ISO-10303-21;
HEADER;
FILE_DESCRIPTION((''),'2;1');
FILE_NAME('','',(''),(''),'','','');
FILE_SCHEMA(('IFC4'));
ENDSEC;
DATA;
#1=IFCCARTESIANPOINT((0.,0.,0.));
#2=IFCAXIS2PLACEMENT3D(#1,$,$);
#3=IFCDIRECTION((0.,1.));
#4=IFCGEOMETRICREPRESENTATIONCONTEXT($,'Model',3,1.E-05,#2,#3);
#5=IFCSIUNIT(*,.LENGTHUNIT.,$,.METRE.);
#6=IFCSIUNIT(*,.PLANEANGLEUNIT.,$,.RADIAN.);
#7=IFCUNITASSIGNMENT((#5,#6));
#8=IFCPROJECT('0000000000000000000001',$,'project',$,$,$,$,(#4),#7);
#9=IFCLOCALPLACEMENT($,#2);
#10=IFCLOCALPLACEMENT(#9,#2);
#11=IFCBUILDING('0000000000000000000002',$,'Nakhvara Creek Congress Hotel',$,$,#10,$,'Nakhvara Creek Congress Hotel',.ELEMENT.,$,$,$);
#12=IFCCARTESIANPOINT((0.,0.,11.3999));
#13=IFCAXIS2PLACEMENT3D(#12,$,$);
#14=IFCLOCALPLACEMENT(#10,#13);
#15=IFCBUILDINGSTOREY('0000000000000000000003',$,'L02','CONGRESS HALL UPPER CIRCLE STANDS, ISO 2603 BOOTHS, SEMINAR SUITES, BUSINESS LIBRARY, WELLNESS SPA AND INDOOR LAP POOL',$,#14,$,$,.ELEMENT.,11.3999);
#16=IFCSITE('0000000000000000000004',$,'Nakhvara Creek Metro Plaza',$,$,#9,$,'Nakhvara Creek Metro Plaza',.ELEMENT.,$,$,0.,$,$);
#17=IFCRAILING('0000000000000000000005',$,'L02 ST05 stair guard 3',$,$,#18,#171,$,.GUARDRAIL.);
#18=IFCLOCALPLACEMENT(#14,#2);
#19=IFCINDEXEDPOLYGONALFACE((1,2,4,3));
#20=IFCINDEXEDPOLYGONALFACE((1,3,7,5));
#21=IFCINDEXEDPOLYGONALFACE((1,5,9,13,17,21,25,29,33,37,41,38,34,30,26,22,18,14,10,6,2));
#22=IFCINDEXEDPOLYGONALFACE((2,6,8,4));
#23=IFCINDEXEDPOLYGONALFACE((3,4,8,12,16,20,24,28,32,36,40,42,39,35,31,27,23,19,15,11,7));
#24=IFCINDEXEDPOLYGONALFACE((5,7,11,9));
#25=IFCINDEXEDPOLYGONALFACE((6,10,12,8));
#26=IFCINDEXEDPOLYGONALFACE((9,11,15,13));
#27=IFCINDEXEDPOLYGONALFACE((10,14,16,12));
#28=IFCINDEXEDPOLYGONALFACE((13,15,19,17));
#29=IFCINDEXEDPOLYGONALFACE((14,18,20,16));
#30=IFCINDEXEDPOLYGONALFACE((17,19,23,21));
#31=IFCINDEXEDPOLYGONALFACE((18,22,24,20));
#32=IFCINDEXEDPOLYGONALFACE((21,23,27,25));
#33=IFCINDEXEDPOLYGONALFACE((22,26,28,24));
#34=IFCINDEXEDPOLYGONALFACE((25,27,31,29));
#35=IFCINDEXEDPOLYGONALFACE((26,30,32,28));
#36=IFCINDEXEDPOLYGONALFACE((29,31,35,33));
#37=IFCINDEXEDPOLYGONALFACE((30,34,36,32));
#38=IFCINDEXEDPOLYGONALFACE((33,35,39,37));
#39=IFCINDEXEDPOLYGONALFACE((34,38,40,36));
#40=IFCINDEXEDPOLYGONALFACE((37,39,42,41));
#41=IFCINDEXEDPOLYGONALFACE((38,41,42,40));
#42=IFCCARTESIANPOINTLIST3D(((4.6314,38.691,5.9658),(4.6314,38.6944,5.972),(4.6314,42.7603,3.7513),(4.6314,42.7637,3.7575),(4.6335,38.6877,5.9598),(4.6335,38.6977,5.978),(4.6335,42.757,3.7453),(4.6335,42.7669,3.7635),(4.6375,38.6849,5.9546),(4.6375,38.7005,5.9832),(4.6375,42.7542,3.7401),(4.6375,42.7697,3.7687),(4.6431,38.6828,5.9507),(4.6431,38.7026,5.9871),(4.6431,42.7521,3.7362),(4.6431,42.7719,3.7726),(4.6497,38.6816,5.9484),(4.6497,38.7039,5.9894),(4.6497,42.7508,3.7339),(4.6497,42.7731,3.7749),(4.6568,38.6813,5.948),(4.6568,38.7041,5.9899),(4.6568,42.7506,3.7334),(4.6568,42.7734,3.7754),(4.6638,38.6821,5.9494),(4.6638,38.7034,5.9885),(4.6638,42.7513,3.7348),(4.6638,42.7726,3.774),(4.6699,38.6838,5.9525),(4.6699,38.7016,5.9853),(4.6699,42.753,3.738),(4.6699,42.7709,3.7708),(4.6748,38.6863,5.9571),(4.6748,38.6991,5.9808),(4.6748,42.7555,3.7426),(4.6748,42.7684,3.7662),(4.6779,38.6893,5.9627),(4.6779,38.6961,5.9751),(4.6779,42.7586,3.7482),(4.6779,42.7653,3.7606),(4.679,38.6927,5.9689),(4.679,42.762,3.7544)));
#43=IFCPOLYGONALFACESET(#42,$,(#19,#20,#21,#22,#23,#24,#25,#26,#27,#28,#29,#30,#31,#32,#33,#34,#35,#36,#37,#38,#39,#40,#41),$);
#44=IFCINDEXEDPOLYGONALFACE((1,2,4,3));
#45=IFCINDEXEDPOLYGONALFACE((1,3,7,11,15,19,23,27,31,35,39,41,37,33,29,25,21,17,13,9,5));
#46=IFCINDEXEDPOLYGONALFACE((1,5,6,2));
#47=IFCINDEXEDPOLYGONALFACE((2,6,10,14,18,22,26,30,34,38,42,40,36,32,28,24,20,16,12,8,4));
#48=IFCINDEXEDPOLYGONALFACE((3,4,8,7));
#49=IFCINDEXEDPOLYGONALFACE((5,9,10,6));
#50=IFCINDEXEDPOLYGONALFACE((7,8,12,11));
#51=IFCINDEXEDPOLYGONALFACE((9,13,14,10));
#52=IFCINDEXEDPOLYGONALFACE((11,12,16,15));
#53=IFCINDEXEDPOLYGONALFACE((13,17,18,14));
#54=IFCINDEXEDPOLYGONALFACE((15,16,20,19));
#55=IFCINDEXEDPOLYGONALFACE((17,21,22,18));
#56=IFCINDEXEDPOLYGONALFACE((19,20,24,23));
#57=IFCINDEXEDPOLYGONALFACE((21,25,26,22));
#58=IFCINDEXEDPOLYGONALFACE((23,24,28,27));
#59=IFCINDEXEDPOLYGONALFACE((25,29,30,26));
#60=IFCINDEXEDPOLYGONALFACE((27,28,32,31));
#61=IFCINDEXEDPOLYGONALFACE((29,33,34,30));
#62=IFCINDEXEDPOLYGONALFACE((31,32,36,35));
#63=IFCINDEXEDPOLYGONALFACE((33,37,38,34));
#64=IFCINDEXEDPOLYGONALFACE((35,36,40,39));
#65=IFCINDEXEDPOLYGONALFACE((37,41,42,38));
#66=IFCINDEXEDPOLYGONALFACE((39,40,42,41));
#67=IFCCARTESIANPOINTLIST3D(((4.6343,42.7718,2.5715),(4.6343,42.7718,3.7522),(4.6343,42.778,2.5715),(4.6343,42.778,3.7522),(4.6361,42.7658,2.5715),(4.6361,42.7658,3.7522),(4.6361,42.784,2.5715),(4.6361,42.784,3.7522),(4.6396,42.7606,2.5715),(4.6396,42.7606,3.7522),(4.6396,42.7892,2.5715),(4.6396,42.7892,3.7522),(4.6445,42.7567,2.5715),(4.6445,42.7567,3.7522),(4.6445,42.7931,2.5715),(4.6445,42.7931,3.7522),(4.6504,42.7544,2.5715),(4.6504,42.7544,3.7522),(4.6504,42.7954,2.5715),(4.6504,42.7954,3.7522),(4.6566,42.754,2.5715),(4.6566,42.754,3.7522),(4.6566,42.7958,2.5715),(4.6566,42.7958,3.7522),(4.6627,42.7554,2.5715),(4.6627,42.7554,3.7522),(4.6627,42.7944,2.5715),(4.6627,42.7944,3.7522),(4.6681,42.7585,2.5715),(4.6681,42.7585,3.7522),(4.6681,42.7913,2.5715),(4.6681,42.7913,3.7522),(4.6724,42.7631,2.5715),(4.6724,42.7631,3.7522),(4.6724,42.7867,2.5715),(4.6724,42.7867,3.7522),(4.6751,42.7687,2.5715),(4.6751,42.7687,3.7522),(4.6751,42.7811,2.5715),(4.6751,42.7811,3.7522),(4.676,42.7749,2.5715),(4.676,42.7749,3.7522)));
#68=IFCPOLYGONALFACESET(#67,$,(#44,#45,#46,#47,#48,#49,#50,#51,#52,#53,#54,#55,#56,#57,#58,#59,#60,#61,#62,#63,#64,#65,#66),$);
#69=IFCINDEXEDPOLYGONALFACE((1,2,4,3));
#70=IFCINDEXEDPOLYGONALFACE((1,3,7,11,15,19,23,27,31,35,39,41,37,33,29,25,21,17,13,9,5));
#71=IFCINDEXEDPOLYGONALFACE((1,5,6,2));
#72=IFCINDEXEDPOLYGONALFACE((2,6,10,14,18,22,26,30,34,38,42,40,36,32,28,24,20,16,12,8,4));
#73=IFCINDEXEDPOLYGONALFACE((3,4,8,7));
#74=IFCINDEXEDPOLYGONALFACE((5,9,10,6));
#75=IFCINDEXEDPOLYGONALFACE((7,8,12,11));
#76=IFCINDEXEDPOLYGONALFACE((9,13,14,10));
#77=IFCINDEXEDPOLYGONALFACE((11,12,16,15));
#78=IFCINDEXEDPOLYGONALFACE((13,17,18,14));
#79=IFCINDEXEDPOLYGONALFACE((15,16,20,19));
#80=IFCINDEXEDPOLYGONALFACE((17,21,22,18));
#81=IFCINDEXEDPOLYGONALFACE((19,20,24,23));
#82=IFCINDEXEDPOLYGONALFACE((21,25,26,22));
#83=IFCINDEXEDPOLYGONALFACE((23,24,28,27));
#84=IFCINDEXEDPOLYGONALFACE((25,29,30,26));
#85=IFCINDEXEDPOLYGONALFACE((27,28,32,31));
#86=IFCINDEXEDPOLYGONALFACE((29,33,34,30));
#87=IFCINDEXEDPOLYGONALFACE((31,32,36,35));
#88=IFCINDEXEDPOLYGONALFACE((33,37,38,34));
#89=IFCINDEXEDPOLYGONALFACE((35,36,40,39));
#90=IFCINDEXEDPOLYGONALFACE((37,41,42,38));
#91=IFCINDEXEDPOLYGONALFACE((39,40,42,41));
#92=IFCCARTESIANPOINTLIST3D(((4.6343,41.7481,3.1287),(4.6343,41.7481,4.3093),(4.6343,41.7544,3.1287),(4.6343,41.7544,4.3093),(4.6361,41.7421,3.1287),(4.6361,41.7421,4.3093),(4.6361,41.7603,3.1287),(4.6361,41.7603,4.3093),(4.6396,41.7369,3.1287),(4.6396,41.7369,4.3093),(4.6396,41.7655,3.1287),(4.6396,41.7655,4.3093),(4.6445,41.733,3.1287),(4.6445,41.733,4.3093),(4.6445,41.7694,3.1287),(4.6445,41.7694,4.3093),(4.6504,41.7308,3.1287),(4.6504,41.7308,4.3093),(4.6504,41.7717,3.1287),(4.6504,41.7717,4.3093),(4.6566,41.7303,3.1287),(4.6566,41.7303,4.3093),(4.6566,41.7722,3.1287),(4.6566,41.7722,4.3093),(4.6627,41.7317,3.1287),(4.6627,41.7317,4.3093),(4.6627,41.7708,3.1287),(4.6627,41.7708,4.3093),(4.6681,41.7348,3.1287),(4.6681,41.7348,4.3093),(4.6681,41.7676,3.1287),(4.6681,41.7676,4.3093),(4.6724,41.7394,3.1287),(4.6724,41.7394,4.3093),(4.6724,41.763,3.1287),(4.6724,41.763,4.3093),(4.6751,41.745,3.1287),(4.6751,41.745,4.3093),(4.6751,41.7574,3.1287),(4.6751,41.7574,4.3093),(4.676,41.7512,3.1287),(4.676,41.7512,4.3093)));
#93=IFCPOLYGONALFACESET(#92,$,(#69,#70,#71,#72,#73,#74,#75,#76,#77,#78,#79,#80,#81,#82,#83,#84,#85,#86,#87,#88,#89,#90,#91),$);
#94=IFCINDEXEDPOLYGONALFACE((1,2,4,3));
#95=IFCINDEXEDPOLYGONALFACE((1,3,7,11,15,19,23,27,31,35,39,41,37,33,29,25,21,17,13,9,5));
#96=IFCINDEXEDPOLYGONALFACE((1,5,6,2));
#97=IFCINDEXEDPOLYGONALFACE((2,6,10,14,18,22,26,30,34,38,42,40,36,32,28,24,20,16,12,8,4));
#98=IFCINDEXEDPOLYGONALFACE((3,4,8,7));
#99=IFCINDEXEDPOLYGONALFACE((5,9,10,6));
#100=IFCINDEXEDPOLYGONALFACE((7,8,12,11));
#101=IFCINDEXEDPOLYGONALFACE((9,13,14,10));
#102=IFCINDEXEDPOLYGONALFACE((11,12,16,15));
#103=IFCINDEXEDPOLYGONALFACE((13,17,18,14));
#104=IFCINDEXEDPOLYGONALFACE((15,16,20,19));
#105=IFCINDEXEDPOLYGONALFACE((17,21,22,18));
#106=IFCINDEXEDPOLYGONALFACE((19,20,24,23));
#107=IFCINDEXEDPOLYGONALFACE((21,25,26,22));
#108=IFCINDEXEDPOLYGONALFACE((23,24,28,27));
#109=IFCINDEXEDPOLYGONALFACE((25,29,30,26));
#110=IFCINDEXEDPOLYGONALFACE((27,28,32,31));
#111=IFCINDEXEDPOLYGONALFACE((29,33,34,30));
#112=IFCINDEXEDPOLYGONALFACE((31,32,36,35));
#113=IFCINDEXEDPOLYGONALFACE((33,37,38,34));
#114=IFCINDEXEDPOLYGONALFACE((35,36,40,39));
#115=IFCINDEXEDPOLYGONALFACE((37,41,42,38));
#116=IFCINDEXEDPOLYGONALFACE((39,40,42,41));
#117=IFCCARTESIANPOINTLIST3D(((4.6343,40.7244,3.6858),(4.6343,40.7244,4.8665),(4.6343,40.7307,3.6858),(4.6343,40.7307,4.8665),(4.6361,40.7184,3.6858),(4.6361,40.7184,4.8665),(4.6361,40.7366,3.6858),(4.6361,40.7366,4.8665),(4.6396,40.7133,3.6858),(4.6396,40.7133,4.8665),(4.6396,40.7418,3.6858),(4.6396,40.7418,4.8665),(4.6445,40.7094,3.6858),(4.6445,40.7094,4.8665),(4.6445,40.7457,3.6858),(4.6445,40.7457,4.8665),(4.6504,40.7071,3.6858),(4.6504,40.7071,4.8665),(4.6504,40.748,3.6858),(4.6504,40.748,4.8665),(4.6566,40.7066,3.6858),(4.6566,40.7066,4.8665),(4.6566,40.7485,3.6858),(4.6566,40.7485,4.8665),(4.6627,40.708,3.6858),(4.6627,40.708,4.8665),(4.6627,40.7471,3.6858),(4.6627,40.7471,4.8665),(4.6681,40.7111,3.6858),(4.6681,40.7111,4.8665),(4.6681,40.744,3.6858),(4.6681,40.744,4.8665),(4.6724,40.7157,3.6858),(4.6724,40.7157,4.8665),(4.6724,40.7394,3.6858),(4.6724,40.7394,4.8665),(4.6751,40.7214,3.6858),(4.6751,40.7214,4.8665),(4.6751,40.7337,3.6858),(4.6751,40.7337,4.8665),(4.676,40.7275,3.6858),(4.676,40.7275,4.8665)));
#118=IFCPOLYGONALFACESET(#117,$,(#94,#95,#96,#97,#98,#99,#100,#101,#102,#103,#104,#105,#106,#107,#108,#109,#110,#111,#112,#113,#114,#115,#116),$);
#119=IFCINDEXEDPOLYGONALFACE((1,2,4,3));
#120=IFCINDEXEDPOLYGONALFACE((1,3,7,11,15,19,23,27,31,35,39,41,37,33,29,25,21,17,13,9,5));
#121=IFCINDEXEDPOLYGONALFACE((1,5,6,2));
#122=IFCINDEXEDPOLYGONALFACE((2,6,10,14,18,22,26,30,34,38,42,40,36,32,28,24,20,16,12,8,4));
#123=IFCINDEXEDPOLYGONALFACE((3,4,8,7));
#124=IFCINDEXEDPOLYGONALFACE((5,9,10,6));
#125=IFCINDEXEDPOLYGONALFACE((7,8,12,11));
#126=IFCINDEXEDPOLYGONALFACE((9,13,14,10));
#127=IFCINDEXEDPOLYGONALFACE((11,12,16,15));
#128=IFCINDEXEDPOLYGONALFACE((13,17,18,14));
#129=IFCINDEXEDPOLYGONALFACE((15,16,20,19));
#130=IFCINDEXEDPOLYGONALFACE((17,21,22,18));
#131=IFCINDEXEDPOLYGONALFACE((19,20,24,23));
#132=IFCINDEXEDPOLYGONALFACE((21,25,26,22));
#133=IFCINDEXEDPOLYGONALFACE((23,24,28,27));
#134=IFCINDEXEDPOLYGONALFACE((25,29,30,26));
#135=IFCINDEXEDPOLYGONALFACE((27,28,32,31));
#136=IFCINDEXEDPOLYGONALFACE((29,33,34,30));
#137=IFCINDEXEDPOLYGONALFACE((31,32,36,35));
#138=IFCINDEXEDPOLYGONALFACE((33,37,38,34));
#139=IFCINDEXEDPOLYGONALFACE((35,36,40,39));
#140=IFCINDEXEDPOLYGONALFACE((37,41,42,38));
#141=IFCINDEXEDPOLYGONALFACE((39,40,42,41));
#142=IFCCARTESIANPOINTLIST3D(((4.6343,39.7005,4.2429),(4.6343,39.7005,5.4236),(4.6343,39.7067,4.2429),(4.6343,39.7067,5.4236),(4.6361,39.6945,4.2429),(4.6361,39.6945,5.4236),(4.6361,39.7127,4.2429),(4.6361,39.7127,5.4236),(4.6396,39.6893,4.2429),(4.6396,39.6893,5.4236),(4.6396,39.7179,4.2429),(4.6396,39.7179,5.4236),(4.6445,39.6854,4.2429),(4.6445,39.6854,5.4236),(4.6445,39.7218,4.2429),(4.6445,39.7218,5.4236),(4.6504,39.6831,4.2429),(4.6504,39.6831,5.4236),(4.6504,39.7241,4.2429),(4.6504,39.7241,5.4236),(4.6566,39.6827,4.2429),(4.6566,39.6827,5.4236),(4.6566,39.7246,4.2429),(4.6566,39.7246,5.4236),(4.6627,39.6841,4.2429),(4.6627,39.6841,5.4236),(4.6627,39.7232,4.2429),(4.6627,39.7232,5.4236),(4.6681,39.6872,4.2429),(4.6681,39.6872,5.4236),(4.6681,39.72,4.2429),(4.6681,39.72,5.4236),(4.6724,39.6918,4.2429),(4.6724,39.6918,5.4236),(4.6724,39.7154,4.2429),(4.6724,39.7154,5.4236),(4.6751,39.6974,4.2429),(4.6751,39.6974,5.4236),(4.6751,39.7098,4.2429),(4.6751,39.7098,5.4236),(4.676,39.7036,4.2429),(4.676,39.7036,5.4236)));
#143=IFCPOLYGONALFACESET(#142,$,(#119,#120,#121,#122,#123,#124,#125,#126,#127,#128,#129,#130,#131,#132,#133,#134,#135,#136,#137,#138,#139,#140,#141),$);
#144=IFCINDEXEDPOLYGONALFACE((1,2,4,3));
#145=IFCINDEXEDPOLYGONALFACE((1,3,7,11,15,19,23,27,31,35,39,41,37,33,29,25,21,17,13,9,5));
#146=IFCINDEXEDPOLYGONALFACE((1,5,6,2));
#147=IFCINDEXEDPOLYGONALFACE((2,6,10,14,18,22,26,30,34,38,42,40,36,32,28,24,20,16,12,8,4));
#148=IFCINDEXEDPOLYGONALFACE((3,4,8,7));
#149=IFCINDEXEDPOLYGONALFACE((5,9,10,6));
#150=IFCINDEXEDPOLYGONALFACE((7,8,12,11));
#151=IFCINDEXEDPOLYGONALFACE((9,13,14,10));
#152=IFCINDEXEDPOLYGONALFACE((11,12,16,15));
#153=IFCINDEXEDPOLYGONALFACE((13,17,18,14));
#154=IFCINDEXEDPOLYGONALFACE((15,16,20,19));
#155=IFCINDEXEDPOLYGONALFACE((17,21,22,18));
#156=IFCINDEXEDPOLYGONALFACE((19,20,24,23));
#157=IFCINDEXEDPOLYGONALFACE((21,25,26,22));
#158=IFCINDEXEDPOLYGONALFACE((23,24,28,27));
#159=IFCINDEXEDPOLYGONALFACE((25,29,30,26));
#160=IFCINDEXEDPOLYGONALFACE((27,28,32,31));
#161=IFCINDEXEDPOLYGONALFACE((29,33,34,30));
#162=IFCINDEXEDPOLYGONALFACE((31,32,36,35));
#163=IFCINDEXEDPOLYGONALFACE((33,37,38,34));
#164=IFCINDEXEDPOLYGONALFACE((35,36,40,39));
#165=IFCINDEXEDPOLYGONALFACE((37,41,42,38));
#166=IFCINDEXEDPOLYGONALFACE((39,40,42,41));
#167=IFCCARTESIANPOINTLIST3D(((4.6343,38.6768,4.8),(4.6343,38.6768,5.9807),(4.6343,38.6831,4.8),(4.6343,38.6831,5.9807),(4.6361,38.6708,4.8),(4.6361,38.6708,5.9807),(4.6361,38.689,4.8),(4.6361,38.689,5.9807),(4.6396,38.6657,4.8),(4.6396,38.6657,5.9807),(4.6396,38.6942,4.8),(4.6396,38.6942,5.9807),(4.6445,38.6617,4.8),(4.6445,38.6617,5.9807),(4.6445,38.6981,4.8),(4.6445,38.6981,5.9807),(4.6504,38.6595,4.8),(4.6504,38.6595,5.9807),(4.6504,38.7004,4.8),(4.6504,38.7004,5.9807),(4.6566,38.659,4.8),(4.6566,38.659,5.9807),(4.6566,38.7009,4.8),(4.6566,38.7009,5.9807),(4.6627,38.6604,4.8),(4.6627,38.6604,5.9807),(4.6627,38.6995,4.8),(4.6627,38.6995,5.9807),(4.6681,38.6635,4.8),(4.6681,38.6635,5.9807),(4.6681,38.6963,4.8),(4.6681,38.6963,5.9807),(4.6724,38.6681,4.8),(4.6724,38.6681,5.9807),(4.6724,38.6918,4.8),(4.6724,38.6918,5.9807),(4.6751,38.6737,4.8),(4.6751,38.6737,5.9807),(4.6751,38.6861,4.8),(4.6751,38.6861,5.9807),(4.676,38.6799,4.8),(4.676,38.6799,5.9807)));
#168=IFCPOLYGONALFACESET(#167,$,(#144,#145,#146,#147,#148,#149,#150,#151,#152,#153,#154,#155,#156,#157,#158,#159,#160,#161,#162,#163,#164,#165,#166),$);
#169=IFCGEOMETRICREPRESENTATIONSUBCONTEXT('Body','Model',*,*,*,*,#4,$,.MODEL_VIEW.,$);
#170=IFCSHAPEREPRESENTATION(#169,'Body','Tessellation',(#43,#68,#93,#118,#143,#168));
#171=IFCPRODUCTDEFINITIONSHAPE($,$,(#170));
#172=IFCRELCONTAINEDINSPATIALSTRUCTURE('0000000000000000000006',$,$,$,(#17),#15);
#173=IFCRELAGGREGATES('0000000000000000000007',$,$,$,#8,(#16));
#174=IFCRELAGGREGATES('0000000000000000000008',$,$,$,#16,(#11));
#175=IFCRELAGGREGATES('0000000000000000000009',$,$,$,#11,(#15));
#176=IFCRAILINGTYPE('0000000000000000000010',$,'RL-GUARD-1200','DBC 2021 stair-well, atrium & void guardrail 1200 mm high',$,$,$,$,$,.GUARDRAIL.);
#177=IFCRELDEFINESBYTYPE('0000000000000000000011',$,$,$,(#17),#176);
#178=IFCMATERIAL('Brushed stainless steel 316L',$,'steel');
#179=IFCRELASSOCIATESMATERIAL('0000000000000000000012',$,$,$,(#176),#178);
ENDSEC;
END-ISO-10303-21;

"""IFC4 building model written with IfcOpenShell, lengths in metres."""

from ifc_helpers import new_model, si_unit, direction, frame, origin, origin_2d, place, context, subcontext, project, spatial, circle, extrude, material, type_object, element, save


model = new_model("IFC4")

# Units and contexts
model_context = context("Model", 3, precision=1e-05, world=origin(), true_north=direction((0.0, 1.0)))
body_context = subcontext(model_context, "Body", "Model", "MODEL_VIEW")
ifc_project = project(units=[si_unit("LENGTHUNIT", "METRE"), si_unit("PLANEANGLEUNIT", "RADIAN")], contexts=[model_context])

# Site, building, storey
site_placement = place(None, origin())
site = spatial("IfcSite", under=ifc_project, at=site_placement, Name="Nakhvara Creek Metro Plaza", LongName="Nakhvara Creek Metro Plaza", CompositionType="ELEMENT", RefElevation=0.0)
building_placement = place(site_placement, origin())
building = spatial("IfcBuilding", under=site, at=building_placement, Name="Nakhvara Creek Congress Hotel", LongName="Nakhvara Creek Congress Hotel", CompositionType="ELEMENT")
storey_placement = place(building_placement, frame((0.0, 0.0, 11.3999)))
storey = spatial("IfcBuildingStorey", under=building, at=storey_placement, Name="L02", Description="CONGRESS HALL UPPER CIRCLE STANDS, ISO 2603 BOOTHS, SEMINAR SUITES, BUSINESS LIBRARY, WELLNESS SPA AND INDOOR LAP POOL", CompositionType="ELEMENT", Elevation=11.3999)

# Railing
ifc_material_1 = material(Name="Brushed stainless steel 316L", Category="steel")
railing_type_1 = type_object("IfcRailingType", Name="RL-GUARD-1200", Description="DBC 2021 stair-well, atrium & void guardrail 1200 mm high", PredefinedType="GUARDRAIL", material=ifc_material_1)
railing_1_placement = place(storey_placement, frame((4.655, 42.7749, 2.5715)))
element("IfcRailing", 1, at=railing_1_placement, inside=storey, type_object=railing_type_1, Name="L02 ST05 stair guard 3", PredefinedType="GUARDRAIL", context=body_context, shape_type="SweptSolid", body=[
    extrude(circle(Radius=0.0239, at=origin_2d()), frame((0.0, -0.0129, 1.1829), z_axis=(0.0, -0.878355, 0.478008), x_axis=(1.0, 0.0, 0.0)), (0.0, 0.0, 1.0), 4.6328),
    extrude(circle(Radius=0.021, at=origin_2d()), origin(), (0.0, 0.0, 1.0), 1.1807),
    extrude(circle(Radius=0.021, at=origin_2d()), frame((0.0, -1.0237, 0.5571)), (0.0, 0.0, 1.0), 1.1807),
    extrude(circle(Radius=0.021, at=origin_2d()), frame((0.0, -2.0474, 1.1143)), (0.0, 0.0, 1.0), 1.1807),
    extrude(circle(Radius=0.021, at=origin_2d()), frame((0.0, -3.0713, 1.6714)), (0.0, 0.0, 1.0), 1.1807),
    extrude(circle(Radius=0.021, at=origin_2d()), frame((0.0, -4.095, 2.2285)), (0.0, 0.0, 1.0), 1.1807),
])

save(model, "model.ifc")
